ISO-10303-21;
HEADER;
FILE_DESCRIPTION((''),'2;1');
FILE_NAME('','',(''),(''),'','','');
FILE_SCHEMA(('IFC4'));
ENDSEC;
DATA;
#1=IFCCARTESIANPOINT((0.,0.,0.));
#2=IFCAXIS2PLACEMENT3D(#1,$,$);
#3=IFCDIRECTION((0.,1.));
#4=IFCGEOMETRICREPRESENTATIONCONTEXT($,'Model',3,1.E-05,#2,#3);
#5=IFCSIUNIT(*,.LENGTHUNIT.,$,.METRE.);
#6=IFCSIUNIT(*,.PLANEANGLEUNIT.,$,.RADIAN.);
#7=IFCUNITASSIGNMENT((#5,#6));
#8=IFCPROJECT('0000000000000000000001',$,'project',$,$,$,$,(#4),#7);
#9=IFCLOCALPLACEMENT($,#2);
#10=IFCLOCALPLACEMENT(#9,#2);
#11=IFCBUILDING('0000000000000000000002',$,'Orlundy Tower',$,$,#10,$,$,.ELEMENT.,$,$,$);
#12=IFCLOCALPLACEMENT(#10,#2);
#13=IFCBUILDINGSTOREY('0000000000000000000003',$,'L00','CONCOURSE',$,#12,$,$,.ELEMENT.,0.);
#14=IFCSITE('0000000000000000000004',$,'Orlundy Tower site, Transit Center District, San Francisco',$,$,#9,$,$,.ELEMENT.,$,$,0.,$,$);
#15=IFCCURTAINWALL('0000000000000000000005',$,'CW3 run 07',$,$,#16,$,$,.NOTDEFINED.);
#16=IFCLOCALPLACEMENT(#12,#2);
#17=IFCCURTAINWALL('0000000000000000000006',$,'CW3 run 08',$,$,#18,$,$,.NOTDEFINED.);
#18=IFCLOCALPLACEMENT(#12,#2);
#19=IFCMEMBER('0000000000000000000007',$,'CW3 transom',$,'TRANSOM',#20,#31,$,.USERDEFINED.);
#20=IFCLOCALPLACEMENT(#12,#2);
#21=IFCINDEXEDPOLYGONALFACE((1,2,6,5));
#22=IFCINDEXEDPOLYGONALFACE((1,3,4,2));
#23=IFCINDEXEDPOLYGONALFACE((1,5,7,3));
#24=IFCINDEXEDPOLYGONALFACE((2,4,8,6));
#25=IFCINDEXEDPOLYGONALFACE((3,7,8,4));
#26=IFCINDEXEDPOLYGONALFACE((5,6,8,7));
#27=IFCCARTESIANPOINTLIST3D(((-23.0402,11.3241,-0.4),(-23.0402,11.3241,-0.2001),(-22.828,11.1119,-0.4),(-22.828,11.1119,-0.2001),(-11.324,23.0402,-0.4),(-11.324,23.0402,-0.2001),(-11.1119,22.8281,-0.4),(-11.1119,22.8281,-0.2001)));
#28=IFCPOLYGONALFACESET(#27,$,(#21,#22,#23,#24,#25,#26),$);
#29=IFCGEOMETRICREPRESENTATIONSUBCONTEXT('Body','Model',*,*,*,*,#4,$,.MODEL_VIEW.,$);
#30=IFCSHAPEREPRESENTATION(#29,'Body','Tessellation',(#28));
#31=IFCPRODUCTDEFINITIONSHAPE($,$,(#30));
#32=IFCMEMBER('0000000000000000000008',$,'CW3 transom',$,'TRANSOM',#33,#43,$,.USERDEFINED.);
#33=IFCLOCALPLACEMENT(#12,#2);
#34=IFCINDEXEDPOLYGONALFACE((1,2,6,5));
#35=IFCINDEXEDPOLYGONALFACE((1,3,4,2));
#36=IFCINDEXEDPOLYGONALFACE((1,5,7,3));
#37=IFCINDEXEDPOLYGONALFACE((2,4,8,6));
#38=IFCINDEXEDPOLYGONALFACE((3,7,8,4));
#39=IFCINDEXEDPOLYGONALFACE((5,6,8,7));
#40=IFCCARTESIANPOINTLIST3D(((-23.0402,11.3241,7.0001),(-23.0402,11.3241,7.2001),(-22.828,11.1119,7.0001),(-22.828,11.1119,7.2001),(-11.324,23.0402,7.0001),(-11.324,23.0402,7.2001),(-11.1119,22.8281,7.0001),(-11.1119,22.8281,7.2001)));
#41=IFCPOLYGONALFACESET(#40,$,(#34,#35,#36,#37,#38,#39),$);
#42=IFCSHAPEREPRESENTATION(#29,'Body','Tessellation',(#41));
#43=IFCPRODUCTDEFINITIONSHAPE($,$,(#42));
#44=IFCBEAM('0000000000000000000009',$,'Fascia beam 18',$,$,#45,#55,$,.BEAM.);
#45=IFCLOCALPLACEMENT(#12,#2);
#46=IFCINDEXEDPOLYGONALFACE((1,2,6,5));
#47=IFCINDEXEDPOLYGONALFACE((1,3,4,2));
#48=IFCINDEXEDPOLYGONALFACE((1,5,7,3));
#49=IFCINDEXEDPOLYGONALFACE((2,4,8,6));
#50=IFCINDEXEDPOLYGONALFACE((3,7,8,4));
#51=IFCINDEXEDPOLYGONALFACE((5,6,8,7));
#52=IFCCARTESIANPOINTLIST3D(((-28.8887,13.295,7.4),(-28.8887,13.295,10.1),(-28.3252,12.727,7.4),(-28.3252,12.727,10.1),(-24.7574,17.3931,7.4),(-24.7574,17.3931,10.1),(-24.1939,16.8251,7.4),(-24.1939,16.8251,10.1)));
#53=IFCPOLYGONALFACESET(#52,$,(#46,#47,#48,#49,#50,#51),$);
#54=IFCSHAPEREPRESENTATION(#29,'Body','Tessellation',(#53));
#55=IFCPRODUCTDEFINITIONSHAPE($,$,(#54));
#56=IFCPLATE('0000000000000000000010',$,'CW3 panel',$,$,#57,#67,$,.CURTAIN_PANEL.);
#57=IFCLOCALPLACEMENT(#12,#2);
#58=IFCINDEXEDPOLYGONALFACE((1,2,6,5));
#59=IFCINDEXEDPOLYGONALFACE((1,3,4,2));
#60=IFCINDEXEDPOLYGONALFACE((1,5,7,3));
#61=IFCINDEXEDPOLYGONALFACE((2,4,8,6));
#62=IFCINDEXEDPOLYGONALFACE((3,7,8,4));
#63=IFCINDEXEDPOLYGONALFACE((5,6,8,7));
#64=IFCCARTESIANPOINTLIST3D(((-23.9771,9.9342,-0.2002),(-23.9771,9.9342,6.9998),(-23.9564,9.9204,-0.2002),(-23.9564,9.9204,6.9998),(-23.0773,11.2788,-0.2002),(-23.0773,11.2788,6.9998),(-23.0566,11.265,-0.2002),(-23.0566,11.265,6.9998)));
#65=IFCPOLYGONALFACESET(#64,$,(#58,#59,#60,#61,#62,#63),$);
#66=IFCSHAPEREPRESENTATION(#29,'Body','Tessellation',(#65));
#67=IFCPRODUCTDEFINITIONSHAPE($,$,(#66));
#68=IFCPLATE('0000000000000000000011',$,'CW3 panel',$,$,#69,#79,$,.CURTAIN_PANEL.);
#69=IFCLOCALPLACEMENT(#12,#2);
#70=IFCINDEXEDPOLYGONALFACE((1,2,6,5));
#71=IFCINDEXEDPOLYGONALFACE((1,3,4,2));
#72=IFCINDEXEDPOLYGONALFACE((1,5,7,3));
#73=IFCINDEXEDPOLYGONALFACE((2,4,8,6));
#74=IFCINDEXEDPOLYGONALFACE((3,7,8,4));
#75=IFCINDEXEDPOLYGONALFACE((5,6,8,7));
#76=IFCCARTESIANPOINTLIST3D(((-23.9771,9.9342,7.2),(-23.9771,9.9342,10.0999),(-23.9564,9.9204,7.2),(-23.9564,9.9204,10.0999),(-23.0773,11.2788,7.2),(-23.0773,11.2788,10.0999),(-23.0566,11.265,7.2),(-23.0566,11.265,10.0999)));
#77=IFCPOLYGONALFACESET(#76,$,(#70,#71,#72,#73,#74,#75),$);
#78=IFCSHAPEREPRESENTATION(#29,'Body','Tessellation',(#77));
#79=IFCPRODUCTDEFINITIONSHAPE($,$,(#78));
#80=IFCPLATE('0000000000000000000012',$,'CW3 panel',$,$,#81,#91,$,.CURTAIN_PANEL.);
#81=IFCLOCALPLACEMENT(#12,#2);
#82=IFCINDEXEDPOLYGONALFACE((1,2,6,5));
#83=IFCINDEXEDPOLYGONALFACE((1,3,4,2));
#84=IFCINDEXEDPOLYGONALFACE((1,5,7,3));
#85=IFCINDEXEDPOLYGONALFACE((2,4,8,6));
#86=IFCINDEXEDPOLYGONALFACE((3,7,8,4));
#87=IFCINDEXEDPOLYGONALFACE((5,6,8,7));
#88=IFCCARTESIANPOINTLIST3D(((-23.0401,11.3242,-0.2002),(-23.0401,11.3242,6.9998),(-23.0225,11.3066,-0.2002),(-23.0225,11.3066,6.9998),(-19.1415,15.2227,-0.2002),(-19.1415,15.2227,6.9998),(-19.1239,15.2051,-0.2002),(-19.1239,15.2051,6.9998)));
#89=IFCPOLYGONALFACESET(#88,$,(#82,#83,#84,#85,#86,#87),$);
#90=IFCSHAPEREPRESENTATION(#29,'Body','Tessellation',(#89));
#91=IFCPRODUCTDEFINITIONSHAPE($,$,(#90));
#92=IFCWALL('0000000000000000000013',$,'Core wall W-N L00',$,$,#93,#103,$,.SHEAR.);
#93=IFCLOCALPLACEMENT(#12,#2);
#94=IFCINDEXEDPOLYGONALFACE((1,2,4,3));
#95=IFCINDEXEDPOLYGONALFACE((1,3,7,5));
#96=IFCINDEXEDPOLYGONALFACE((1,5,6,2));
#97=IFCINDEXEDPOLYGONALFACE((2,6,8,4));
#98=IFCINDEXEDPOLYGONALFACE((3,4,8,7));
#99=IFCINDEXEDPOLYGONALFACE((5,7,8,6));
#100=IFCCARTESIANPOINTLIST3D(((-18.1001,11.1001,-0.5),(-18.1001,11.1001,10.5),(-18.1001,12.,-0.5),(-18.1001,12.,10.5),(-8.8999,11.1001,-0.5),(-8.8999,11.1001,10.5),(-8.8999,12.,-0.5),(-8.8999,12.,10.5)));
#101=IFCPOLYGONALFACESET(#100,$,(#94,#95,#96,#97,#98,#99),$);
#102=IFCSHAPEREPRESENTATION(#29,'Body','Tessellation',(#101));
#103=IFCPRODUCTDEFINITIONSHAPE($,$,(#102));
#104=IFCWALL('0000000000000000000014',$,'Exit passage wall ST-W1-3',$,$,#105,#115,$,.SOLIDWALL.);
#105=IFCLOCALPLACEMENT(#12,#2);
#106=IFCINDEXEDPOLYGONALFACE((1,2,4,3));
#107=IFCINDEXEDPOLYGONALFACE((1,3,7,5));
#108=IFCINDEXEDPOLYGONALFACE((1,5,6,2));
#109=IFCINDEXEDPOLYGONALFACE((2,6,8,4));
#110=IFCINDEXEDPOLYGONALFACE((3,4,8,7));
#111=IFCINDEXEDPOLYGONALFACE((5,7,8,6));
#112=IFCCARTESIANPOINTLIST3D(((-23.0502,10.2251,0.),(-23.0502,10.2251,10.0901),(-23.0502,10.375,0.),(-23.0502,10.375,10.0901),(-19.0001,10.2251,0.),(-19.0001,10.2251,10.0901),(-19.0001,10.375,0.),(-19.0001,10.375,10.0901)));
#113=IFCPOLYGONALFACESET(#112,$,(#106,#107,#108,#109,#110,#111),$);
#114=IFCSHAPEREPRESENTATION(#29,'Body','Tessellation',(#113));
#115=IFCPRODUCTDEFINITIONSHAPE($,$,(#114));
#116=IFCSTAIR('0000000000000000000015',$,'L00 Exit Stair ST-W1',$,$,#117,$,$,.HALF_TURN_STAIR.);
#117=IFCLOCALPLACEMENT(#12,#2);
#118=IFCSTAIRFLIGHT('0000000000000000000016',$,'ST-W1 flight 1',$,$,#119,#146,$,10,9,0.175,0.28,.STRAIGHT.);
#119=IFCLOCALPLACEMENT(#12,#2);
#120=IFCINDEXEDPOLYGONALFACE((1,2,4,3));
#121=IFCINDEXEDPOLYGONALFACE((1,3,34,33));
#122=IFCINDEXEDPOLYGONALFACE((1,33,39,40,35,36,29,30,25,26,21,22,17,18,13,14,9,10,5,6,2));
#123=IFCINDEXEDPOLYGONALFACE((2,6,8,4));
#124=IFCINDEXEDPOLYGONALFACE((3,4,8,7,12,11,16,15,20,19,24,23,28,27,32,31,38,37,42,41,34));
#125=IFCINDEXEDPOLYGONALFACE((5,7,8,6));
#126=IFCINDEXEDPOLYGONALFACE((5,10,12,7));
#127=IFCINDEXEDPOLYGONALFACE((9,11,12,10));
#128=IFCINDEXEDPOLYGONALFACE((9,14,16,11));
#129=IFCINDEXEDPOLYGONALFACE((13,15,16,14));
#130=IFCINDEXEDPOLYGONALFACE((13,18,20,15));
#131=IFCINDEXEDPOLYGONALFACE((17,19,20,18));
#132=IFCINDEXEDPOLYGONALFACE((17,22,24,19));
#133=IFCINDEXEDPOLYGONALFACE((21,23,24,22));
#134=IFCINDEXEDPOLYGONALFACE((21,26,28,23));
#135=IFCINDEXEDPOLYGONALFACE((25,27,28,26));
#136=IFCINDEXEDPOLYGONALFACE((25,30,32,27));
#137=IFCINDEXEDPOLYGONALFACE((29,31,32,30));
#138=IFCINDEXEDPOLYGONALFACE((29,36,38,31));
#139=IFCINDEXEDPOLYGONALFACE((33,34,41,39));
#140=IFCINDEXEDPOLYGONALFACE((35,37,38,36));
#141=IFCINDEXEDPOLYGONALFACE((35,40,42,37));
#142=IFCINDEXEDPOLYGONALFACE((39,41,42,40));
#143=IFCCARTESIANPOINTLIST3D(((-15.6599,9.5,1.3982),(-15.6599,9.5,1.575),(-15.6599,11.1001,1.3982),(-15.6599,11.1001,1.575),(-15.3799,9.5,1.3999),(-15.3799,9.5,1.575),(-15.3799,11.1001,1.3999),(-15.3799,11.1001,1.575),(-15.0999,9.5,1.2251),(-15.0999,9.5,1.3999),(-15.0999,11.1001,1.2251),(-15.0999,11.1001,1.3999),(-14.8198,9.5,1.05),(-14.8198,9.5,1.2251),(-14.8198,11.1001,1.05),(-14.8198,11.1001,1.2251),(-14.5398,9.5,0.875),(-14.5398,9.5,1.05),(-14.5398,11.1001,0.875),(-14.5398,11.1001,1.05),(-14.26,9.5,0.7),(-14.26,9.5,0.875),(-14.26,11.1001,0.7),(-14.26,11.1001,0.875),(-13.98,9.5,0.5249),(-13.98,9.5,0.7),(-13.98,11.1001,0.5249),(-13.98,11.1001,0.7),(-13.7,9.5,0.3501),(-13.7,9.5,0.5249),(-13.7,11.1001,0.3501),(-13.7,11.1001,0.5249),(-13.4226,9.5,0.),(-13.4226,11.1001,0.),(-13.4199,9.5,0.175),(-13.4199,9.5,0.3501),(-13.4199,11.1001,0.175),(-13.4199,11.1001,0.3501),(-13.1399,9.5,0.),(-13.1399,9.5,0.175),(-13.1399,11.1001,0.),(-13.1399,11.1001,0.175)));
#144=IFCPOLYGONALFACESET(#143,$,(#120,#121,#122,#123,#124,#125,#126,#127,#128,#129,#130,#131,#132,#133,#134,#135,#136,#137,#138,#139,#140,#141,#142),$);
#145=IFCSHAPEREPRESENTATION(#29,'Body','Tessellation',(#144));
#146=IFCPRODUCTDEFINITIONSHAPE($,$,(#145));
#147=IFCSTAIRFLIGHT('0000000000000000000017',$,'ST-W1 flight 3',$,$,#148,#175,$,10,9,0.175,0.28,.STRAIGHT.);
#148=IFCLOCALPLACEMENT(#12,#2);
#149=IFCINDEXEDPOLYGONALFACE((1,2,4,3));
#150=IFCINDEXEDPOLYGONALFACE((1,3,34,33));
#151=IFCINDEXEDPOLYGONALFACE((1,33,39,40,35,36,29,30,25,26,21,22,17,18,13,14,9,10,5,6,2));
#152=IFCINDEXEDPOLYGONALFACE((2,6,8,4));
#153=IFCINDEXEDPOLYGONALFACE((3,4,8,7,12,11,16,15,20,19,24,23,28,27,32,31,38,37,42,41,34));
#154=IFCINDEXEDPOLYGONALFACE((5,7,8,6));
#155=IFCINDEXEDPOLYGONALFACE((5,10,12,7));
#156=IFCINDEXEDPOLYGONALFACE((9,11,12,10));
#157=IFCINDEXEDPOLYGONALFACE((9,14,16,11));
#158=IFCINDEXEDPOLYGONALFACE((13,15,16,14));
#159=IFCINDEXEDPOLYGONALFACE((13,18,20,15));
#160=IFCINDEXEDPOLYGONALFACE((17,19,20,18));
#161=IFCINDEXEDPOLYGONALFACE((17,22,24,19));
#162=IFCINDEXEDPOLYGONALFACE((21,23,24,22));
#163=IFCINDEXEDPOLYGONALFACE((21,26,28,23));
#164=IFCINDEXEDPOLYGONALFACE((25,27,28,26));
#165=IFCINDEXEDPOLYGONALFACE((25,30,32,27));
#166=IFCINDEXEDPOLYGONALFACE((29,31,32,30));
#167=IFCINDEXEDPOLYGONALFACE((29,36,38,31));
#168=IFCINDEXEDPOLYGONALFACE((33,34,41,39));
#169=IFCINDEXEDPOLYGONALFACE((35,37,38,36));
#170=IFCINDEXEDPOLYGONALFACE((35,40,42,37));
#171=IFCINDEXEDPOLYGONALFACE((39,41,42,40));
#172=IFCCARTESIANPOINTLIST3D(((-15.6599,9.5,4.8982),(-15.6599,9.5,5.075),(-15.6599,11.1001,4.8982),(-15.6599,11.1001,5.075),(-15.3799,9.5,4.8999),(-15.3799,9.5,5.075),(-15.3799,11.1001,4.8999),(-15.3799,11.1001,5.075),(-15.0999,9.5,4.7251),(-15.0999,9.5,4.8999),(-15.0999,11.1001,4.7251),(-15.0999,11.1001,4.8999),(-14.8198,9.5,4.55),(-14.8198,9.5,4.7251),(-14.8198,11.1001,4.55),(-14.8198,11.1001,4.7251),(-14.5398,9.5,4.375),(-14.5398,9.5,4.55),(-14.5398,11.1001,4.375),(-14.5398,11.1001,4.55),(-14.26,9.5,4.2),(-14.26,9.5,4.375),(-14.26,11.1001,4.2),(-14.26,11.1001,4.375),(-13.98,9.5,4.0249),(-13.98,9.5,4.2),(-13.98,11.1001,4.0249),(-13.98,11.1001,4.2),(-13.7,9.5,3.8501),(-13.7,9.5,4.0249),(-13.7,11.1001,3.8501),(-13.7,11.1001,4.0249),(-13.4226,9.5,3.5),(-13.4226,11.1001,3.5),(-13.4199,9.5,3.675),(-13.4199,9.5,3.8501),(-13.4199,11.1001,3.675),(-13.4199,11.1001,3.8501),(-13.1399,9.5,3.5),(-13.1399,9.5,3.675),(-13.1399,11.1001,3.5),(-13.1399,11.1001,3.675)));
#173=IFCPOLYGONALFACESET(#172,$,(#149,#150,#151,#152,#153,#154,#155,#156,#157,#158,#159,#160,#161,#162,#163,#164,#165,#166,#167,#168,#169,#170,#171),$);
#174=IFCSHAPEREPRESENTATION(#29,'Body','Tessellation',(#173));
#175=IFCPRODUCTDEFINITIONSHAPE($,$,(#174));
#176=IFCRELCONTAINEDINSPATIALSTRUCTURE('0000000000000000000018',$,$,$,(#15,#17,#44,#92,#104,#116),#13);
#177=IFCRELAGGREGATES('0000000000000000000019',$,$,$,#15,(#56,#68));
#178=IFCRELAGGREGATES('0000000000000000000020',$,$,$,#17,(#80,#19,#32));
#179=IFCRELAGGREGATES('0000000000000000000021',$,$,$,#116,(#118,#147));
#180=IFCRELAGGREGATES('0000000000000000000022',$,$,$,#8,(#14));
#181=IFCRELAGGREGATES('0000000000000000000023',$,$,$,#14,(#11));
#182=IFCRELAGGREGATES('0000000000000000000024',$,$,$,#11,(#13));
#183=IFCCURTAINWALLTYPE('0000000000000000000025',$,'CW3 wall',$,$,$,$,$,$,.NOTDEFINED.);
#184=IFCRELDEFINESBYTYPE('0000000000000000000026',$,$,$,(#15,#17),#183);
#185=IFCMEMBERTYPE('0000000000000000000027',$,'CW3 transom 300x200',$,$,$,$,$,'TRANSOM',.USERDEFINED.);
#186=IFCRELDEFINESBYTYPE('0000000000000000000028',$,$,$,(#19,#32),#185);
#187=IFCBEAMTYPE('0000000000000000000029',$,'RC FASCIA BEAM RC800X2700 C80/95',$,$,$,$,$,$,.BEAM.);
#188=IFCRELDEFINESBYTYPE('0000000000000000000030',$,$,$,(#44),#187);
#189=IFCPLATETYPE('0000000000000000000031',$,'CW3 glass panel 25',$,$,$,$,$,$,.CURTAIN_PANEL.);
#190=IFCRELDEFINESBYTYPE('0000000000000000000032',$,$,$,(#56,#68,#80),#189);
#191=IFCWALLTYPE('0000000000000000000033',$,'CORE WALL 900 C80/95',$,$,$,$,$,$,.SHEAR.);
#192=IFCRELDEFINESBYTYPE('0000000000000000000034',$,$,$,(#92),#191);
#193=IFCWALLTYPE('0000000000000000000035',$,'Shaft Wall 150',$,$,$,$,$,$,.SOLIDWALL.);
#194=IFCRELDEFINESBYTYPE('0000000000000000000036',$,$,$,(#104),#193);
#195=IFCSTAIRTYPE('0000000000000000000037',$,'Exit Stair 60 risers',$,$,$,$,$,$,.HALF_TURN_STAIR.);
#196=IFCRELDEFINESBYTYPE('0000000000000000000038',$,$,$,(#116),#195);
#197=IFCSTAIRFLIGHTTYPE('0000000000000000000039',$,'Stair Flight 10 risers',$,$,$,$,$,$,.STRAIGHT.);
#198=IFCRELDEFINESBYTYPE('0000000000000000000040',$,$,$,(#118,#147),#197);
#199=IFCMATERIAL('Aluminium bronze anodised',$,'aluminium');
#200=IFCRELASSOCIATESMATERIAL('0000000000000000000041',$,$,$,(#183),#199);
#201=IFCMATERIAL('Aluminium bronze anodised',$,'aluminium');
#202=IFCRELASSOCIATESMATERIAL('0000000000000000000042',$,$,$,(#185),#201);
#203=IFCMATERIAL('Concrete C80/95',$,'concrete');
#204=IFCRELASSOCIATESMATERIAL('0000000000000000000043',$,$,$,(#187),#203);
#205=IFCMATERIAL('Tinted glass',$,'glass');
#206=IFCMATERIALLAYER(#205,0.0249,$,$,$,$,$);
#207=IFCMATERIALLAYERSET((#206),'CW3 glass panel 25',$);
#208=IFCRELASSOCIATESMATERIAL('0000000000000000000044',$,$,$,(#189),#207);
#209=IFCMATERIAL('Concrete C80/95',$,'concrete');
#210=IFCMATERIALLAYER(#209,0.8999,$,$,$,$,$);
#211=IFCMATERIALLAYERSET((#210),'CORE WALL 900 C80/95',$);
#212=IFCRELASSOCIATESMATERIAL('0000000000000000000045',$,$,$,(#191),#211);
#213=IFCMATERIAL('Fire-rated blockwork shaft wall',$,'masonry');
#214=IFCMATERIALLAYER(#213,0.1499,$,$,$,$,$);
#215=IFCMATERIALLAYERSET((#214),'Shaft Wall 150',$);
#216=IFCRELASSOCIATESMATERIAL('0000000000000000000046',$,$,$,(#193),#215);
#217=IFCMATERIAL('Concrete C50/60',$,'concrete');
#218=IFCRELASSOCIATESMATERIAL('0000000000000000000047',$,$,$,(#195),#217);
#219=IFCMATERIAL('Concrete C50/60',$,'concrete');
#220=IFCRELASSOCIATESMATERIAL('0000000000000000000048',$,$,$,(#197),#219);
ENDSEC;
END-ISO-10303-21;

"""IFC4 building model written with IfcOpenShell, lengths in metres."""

from ifc_helpers import new_model, si_unit, direction, frame, frame_2d, origin, origin_2d, place, context, subcontext, project, spatial, polyline, rectangle, outline, extrude, material, layer, layer_set, material_profile, profile_set, type_object, element, aggregate, save


model = new_model("IFC4")

# Units and contexts
model_context = context("Model", 3, precision=1e-05, world=origin(), true_north=direction((0.0, 1.0)))
body_context = subcontext(model_context, "Body", "Model", "MODEL_VIEW")
ifc_project = project(units=[si_unit("LENGTHUNIT", "METRE"), si_unit("PLANEANGLEUNIT", "RADIAN")], contexts=[model_context])

# Site, building, storey
site_placement = place(None, origin())
site = spatial("IfcSite", under=ifc_project, at=site_placement, Name="Orlundy Tower site, Transit Center District, San Francisco", CompositionType="ELEMENT", RefElevation=0.0)
building_placement = place(site_placement, origin())
building = spatial("IfcBuilding", under=site, at=building_placement, Name="Orlundy Tower", CompositionType="ELEMENT")
storey_placement = place(building_placement, origin())
storey = spatial("IfcBuildingStorey", under=building, at=storey_placement, Name="L00", Description="CONCOURSE", CompositionType="ELEMENT", Elevation=0.0)

# Curtain walls
ifc_material_1 = material(Name="Aluminium bronze anodised", Category="aluminium")
curtain_wall_type = type_object("IfcCurtainWallType", Name="CW3 wall", PredefinedType="NOTDEFINED", material=ifc_material_1)
curtain_wall_1_placement = place(storey_placement, origin())
curtain_wall_1 = element("IfcCurtainWall", 1, at=curtain_wall_1_placement, inside=storey, type_object=curtain_wall_type, Name="CW3 run 07", PredefinedType="NOTDEFINED")
curtain_wall_2_placement = place(storey_placement, origin())
curtain_wall_2 = element("IfcCurtainWall", 2, at=curtain_wall_2_placement, inside=storey, type_object=curtain_wall_type, Name="CW3 run 08", PredefinedType="NOTDEFINED")

# Members
ifc_material_2 = material(Name="Aluminium bronze anodised", Category="aluminium")
ifc_material_profile_1 = material_profile(ifc_material_2, rectangle(XDim=0.3, YDim=0.2, at=origin_2d()), Name="CW3 transom 300x200")
ifc_profile_set_1 = profile_set([ifc_material_profile_1], Name="Aluminium bronze anodised")
member_type_1 = type_object("IfcMemberType", Name="CW3 transom 300x200", ElementType="TRANSOM", PredefinedType="USERDEFINED", material=ifc_profile_set_1)
member_1_placement = place(storey_placement, frame((-22.9341, 11.218, -0.3), z_axis=(0.707107, 0.707107, 0.0), x_axis=(-0.707107, 0.707107, 0.0)))
member_1 = element("IfcMember", 3, at=member_1_placement, type_object=member_type_1, Name="CW3 transom", ObjectType="TRANSOM", PredefinedType="USERDEFINED", context=body_context, shape_type="SweptSolid", body=[
    extrude(rectangle(XDim=0.3, YDim=0.2, at=origin_2d()), origin(), (0.0, 0.0, 1.0), 16.5691),
])
member_2_placement = place(storey_placement, frame((-22.9341, 11.218, 7.1001), z_axis=(0.707107, 0.707107, 0.0), x_axis=(-0.707107, 0.707107, 0.0)))
member_2 = element("IfcMember", 4, at=member_2_placement, type_object=member_type_1, Name="CW3 transom", ObjectType="TRANSOM", PredefinedType="USERDEFINED", context=body_context, shape_type="SweptSolid", body=[
    extrude(rectangle(XDim=0.3, YDim=0.2, at=origin_2d()), origin(), (0.0, 0.0, 1.0), 16.5691),
])

# Beam
ifc_material_3 = material(Name="Concrete C80/95", Category="concrete")
ifc_material_profile_2 = material_profile(ifc_material_3, rectangle(XDim=0.8, YDim=2.7, at=origin_2d()), Name="RC800X2700")
ifc_profile_set_2 = profile_set([ifc_material_profile_2], Name="Concrete C80/95")
beam_type = type_object("IfcBeamType", Name="RC FASCIA BEAM RC800X2700 C80/95", PredefinedType="BEAM", material=ifc_profile_set_2)
beam_placement = place(storey_placement, frame((-28.6069, 13.011, 8.75), z_axis=(0.709954, 0.704248, 0.0), x_axis=(-0.704248, 0.709954, 0.0)))
element("IfcBeam", 5, at=beam_placement, inside=storey, type_object=beam_type, Name="Fascia beam 18", PredefinedType="BEAM", context=body_context, shape_type="SweptSolid", body=[
    extrude(rectangle(XDim=0.8, YDim=2.7, at=origin_2d()), origin(), (0.0, 0.0, 1.0), 5.8191),
])

# Plates
ifc_material_4 = material(Name="Tinted glass", Category="glass")
ifc_layer_1 = layer(ifc_material_4, 0.0249)
ifc_layer_set_1 = layer_set([ifc_layer_1], Name="CW3 glass panel 25")
plate_type = type_object("IfcPlateType", Name="CW3 glass panel 25", PredefinedType="CURTAIN_PANEL", material=ifc_layer_set_1)
plate_1_placement = place(storey_placement, frame((-23.5168, 10.5996, -0.2002), z_axis=(0.0, 0.0, 1.0), x_axis=(0.556178, 0.831063, 0.0)))
plate_1 = element("IfcPlate", 6, at=plate_1_placement, type_object=plate_type, Name="CW3 panel", PredefinedType="CURTAIN_PANEL", context=body_context, shape_type="SweptSolid", body=[
    extrude(rectangle(XDim=1.6179, YDim=0.0249, at=origin_2d()), origin(), (0.0, 0.0, 1.0), 7.2),
])
plate_2_placement = place(storey_placement, frame((-23.5168, 10.5996, 7.2), z_axis=(0.0, 0.0, 1.0), x_axis=(0.556178, 0.831063, 0.0)))
plate_2 = element("IfcPlate", 7, at=plate_2_placement, type_object=plate_type, Name="CW3 panel", PredefinedType="CURTAIN_PANEL", context=body_context, shape_type="SweptSolid", body=[
    extrude(rectangle(XDim=1.6179, YDim=0.0249, at=origin_2d()), origin(), (0.0, 0.0, 1.0), 2.8999),
])
aggregate(curtain_wall_1, [plate_1, plate_2])
plate_3_placement = place(storey_placement, frame((-21.082, 13.2646, -0.2002), z_axis=(0.0, 0.0, 1.0), x_axis=(0.707107, 0.707107, 0.0)))
plate_3 = element("IfcPlate", 8, at=plate_3_placement, type_object=plate_type, Name="CW3 panel", PredefinedType="CURTAIN_PANEL", context=body_context, shape_type="SweptSolid", body=[
    extrude(rectangle(XDim=5.5134, YDim=0.0249, at=origin_2d()), origin(), (0.0, 0.0, 1.0), 7.2),
])
aggregate(curtain_wall_2, [plate_3, member_1, member_2])

# Walls
ifc_material_5 = material(Name="Concrete C80/95", Category="concrete")
ifc_layer_2 = layer(ifc_material_5, 0.8999)
ifc_layer_set_2 = layer_set([ifc_layer_2], Name="CORE WALL 900 C80/95")
wall_type_1 = type_object("IfcWallType", Name="CORE WALL 900 C80/95", PredefinedType="SHEAR", material=ifc_layer_set_2)
wall_1_placement = place(storey_placement, frame((-18.1001, 11.55, -0.5), z_axis=(0.0, 0.0, 1.0), x_axis=(1.0, 0.0, 0.0)))
element("IfcWall", 9, at=wall_1_placement, inside=storey, type_object=wall_type_1, Name="Core wall W-N L00", PredefinedType="SHEAR", context=body_context, shape_type="SweptSolid", body=[
    extrude(rectangle(XDim=9.2002, YDim=0.8999, at=frame_2d((4.6001, 0.0))), origin(), (0.0, 0.0, 1.0), 11.0),
])
ifc_material_6 = material(Name="Fire-rated blockwork shaft wall", Category="masonry")
ifc_layer_3 = layer(ifc_material_6, 0.1499)
ifc_layer_set_3 = layer_set([ifc_layer_3], Name="Shaft Wall 150")
wall_type_2 = type_object("IfcWallType", Name="Shaft Wall 150", PredefinedType="SOLIDWALL", material=ifc_layer_set_3)
wall_2_placement = place(storey_placement, frame((-23.05, 10.3, 0.0), z_axis=(0.0, 0.0, 1.0), x_axis=(1.0, 0.0, 0.0)))
element("IfcWall", 10, at=wall_2_placement, inside=storey, type_object=wall_type_2, Name="Exit passage wall ST-W1-3", PredefinedType="SOLIDWALL", context=body_context, shape_type="SweptSolid", body=[
    extrude(rectangle(XDim=4.05, YDim=0.1499, at=frame_2d((2.0249, 0.0))), origin(), (0.0, 0.0, 1.0), 10.0901),
])

# Stair, stair flights
ifc_material_7 = material(Name="Concrete C50/60", Category="concrete")
stair_type = type_object("IfcStairType", Name="Exit Stair 60 risers", PredefinedType="HALF_TURN_STAIR", material=ifc_material_7)
stair_placement = place(storey_placement, origin())
stair = element("IfcStair", 11, at=stair_placement, inside=storey, type_object=stair_type, Name="L00 Exit Stair ST-W1", PredefinedType="HALF_TURN_STAIR")
ifc_material_8 = material(Name="Concrete C50/60", Category="concrete")
stair_flight_type = type_object("IfcStairFlightType", Name="Stair Flight 10 risers", PredefinedType="STRAIGHT", material=ifc_material_8)
stair_flight_1_placement = place(storey_placement, frame((-13.1399, 10.3, 0.0), z_axis=(0.0, 0.0, 1.0), x_axis=(-1.0, 0.0, 0.0)))
stair_flight_1 = element("IfcStairFlight", 12, at=stair_flight_1_placement, type_object=stair_flight_type, Name="ST-W1 flight 1", NumberOfRisers=10, NumberOfTreads=9, PredefinedType="STRAIGHT", RiserHeight=0.175, TreadLength=0.28, context=body_context, shape_type="SweptSolid", body=[
    extrude(outline(polyline([(0.0, 0.0), (0.0, 0.175), (0.28, 0.175), (0.28, 0.3501), (0.5601, 0.3501), (0.5601, 0.5249), (0.8401, 0.5249), (0.8401, 0.7), (1.1201, 0.7), (1.1201, 0.875), (1.3999, 0.875), (1.3999, 1.05), (1.6799, 1.05), (1.6799, 1.2251), (1.96, 1.2251), (1.96, 1.3999), (2.24, 1.3999), (2.24, 1.575), (2.52, 1.575), (2.52, 1.75), (2.52, 1.3982), (0.2827, 0.0), (0.0, 0.0)])), frame((0.0, 0.8, 0.0), z_axis=(0.0, -1.0, 0.0), x_axis=(1.0, 0.0, 0.0)), (0.0, 0.0, 1.0), 1.6001),
])
stair_flight_2_placement = place(storey_placement, frame((-13.1399, 10.3, 3.5), z_axis=(0.0, 0.0, 1.0), x_axis=(-1.0, 0.0, 0.0)))
stair_flight_2 = element("IfcStairFlight", 13, at=stair_flight_2_placement, type_object=stair_flight_type, Name="ST-W1 flight 3", NumberOfRisers=10, NumberOfTreads=9, PredefinedType="STRAIGHT", RiserHeight=0.175, TreadLength=0.28, context=body_context, shape_type="SweptSolid", body=[
    extrude(outline(polyline([(0.0, 0.0), (0.0, 0.175), (0.28, 0.175), (0.28, 0.3501), (0.5601, 0.3501), (0.5601, 0.5249), (0.8401, 0.5249), (0.8401, 0.7), (1.1201, 0.7), (1.1201, 0.875), (1.3999, 0.875), (1.3999, 1.05), (1.6799, 1.05), (1.6799, 1.2251), (1.96, 1.2251), (1.96, 1.3999), (2.24, 1.3999), (2.24, 1.575), (2.52, 1.575), (2.52, 1.75), (2.52, 1.3982), (0.2827, 0.0), (0.0, 0.0)])), frame((0.0, 0.8, 0.0), z_axis=(0.0, -1.0, 0.0), x_axis=(1.0, 0.0, 0.0)), (0.0, 0.0, 1.0), 1.6001),
])
aggregate(stair, [stair_flight_1, stair_flight_2])

save(model, "model.ifc")
